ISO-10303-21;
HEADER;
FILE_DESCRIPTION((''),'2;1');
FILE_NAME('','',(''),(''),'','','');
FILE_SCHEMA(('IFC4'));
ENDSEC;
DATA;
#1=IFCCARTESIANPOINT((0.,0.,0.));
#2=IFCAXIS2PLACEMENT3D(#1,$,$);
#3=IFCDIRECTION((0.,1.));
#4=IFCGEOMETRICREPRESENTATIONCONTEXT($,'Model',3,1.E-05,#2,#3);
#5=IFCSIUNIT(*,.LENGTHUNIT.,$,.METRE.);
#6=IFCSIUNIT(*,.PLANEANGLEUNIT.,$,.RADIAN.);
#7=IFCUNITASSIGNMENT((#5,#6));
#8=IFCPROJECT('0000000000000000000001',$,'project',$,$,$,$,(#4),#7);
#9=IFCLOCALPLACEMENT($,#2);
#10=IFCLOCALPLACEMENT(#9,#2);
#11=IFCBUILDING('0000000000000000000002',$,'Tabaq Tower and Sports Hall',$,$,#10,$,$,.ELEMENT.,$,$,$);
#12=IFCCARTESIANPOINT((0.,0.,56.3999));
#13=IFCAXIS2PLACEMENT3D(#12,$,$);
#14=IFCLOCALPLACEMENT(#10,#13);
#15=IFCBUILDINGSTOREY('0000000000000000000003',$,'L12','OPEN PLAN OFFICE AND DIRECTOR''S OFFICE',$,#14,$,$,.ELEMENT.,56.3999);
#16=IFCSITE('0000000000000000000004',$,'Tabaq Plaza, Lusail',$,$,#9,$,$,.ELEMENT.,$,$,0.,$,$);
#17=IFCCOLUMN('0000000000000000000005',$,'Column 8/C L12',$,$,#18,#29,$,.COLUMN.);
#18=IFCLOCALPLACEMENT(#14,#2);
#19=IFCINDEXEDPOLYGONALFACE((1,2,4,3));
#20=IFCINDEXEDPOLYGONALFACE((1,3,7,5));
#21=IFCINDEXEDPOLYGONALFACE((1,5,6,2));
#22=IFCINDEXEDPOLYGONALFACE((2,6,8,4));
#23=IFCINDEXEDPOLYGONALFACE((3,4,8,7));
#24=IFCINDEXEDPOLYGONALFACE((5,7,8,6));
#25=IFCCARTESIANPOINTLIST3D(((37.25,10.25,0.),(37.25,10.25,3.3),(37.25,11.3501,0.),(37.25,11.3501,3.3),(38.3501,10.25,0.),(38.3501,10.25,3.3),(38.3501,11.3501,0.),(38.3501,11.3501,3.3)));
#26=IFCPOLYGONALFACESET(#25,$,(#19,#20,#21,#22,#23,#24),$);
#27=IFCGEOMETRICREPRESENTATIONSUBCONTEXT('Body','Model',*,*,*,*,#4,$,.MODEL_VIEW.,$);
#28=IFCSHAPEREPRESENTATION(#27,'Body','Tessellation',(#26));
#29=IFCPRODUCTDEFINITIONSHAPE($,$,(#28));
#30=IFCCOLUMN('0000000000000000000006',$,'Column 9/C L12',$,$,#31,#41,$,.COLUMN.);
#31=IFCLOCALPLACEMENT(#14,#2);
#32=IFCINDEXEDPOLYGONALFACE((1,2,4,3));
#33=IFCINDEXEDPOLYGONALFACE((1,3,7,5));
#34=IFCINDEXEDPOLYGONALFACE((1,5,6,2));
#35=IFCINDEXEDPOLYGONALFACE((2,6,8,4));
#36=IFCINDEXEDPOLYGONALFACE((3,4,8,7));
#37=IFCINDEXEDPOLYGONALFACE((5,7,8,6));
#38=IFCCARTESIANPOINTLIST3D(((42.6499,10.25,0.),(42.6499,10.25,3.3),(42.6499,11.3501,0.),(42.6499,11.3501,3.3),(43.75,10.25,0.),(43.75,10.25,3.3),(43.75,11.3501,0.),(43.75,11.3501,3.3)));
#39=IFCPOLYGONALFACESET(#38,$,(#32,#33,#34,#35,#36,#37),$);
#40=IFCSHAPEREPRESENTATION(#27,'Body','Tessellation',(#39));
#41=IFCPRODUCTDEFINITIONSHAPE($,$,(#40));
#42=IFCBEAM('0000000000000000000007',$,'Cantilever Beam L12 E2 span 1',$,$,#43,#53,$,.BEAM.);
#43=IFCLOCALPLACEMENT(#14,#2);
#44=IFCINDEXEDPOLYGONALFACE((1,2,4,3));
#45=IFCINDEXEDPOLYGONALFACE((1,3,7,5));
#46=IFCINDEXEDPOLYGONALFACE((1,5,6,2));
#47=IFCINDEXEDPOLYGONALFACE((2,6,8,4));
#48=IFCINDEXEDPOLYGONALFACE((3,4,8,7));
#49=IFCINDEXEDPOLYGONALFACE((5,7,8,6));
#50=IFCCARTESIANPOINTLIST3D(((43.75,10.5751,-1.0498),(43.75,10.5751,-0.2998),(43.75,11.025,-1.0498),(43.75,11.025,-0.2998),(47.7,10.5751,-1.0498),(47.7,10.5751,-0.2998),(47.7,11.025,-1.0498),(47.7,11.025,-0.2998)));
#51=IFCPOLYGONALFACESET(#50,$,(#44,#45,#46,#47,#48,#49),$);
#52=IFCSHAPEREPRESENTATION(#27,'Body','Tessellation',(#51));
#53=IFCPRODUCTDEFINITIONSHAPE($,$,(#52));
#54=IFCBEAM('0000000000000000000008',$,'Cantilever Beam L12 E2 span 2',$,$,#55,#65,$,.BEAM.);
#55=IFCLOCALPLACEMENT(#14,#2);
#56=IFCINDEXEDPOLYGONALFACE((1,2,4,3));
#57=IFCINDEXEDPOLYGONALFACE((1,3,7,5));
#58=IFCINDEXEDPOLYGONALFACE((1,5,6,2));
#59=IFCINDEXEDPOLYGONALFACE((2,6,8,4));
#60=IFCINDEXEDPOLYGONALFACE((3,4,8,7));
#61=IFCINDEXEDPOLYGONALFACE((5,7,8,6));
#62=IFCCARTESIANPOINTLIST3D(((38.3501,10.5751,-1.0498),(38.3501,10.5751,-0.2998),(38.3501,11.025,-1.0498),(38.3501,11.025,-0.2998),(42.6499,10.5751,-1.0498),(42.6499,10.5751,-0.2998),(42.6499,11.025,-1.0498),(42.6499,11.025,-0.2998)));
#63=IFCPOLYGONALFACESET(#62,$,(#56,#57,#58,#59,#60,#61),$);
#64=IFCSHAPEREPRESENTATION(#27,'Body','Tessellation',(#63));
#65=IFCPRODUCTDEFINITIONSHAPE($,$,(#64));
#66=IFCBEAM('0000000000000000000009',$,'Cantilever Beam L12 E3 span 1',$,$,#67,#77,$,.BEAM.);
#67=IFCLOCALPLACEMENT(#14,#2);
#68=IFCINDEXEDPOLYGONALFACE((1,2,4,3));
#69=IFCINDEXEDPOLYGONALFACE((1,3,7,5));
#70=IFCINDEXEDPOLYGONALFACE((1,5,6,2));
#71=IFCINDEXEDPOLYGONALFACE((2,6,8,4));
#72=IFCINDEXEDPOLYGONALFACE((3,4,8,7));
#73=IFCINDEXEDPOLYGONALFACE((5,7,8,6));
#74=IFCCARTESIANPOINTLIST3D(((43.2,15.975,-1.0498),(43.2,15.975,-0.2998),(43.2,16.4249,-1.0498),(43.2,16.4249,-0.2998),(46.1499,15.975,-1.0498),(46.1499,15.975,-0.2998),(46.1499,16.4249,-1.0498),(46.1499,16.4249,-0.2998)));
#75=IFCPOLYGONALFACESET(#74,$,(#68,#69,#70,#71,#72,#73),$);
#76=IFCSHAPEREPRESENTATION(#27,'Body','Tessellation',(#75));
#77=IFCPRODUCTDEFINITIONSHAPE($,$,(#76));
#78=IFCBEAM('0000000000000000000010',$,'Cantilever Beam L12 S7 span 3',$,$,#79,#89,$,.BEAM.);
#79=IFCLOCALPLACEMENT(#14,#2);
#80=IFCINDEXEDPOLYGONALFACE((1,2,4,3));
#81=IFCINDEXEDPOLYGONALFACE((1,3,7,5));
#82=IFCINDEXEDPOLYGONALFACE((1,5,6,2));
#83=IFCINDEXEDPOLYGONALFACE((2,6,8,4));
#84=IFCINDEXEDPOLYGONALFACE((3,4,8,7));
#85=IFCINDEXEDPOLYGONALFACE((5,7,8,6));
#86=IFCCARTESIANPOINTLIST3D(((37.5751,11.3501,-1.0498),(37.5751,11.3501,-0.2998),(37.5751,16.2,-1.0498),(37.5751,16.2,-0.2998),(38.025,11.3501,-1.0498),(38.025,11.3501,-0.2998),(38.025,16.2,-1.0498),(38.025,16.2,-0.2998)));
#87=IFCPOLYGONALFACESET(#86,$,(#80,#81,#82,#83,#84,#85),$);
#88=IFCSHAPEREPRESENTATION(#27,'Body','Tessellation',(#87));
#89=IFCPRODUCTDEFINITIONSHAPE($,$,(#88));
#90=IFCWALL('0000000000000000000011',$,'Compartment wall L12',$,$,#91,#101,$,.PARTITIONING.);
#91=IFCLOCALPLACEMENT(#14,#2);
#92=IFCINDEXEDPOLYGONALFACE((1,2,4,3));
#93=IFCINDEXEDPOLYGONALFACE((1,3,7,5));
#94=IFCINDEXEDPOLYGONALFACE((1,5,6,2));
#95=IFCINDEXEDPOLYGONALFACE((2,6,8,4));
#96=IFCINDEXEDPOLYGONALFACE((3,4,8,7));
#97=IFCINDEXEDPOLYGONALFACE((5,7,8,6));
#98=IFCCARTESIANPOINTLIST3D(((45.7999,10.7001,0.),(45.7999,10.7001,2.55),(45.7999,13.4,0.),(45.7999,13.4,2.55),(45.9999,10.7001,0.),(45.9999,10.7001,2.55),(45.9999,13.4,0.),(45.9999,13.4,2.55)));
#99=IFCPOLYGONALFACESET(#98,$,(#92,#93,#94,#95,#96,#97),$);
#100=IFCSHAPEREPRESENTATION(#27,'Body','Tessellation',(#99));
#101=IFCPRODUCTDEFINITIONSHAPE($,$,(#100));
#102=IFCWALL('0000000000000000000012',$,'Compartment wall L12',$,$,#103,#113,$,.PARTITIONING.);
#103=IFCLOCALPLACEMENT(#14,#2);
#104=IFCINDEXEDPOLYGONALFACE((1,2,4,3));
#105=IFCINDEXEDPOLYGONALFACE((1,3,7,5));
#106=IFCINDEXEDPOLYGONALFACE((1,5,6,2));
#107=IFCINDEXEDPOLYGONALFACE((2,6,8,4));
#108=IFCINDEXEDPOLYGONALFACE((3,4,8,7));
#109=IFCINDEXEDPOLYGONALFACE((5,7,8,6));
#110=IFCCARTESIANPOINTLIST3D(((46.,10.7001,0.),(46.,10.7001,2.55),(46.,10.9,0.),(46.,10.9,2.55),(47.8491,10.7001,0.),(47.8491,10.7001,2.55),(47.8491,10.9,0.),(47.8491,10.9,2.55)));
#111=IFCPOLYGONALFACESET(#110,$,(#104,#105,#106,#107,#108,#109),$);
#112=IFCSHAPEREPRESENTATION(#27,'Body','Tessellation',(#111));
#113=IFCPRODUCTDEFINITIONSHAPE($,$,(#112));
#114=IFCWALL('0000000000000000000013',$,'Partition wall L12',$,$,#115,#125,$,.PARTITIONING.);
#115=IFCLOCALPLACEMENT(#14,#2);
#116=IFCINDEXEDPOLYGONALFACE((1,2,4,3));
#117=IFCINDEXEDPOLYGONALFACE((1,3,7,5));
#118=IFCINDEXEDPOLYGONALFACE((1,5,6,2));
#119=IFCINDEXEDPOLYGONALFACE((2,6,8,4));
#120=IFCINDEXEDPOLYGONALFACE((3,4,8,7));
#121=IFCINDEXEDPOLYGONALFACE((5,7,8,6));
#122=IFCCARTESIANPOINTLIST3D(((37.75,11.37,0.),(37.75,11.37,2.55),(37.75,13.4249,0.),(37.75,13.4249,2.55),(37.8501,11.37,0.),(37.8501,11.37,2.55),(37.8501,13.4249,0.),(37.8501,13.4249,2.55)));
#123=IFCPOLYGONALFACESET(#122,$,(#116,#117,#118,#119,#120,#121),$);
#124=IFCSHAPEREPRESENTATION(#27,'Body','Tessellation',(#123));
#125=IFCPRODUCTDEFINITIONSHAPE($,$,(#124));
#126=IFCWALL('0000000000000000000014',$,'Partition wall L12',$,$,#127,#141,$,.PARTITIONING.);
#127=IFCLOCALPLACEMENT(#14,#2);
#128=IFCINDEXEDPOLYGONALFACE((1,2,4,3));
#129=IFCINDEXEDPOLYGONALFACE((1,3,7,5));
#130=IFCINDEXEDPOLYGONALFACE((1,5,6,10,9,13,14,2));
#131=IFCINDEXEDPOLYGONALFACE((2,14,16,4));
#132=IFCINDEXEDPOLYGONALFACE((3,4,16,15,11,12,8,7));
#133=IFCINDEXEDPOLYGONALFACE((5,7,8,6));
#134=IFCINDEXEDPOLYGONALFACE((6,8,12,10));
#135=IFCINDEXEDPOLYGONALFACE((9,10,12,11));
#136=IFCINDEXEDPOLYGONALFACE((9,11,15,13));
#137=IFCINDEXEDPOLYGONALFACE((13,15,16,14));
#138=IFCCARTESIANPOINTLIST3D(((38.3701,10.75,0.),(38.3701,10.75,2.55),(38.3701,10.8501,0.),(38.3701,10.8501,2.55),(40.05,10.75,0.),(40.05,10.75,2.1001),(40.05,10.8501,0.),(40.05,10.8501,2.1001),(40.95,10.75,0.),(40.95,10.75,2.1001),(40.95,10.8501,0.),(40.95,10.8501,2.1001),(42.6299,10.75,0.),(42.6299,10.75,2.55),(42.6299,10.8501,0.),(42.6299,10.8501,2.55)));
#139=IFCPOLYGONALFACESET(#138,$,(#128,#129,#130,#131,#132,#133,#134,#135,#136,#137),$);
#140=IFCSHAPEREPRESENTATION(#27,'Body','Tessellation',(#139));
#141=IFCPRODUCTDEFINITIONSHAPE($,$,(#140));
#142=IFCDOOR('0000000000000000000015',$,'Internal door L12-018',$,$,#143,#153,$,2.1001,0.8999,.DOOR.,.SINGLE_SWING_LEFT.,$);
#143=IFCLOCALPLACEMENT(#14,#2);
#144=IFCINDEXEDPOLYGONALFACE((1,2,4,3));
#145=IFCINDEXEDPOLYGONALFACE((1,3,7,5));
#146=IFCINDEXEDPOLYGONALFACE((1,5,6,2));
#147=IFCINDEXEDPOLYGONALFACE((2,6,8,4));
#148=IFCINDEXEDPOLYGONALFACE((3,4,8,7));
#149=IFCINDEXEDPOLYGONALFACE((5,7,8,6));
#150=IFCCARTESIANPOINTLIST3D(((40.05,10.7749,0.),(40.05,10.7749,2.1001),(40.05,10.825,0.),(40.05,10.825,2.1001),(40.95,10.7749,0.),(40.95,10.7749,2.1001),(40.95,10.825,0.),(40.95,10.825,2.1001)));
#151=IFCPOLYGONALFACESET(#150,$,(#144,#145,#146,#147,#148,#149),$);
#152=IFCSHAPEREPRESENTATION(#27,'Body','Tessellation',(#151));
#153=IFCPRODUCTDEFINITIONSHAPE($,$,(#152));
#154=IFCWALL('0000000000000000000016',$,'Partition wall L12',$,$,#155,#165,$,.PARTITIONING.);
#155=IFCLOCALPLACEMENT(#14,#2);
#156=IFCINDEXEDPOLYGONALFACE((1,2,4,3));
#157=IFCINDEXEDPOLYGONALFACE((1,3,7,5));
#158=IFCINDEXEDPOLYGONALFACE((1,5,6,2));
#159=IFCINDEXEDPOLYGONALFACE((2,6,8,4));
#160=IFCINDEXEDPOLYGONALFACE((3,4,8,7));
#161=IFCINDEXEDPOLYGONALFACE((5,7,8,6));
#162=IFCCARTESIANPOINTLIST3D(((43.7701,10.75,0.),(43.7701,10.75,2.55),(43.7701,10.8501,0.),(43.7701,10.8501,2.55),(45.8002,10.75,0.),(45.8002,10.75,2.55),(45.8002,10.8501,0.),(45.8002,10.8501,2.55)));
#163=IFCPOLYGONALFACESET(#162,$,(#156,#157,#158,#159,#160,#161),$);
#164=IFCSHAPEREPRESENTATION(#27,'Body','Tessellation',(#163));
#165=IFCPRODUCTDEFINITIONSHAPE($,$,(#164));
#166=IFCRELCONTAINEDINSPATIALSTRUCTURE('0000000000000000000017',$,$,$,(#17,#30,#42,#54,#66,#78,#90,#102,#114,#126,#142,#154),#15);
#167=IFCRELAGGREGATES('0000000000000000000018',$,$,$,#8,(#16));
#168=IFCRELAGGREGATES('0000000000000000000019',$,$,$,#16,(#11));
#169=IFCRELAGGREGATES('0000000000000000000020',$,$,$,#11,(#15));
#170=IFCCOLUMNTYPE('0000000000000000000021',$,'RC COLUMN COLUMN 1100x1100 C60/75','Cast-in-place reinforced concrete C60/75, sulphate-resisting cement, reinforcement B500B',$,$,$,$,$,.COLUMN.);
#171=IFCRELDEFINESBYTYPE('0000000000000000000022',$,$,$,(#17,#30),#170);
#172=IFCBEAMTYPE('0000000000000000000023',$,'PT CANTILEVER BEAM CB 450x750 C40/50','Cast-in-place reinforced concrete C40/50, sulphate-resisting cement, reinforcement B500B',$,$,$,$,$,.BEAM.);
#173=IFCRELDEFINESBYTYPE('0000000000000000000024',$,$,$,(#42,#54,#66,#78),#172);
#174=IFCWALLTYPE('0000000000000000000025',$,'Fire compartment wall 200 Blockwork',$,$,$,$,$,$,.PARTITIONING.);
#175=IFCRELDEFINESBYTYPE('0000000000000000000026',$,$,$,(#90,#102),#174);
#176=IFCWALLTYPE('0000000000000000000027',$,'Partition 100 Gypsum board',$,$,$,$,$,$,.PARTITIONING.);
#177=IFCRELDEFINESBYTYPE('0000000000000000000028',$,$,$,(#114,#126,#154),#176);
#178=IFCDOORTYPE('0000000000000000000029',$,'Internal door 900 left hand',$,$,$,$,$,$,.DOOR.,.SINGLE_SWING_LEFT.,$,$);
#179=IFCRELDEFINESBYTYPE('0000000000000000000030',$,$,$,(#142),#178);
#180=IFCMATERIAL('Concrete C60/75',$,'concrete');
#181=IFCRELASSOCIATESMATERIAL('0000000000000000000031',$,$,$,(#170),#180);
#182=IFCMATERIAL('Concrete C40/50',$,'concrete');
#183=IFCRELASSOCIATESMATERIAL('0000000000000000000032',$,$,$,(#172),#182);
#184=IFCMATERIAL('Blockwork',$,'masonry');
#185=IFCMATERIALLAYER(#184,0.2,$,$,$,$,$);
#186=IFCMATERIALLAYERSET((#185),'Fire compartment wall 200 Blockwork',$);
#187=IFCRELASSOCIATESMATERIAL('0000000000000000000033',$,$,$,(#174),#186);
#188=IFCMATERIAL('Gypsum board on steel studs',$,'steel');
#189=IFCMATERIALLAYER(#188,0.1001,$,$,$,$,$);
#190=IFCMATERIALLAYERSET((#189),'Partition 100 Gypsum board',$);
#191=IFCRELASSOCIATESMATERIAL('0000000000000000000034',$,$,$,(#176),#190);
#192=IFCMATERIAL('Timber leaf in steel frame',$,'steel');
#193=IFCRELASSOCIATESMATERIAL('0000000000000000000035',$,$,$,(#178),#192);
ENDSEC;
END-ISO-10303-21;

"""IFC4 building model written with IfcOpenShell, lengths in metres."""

from ifc_helpers import new_model, si_unit, direction, frame, frame_2d, origin, origin_2d, place, context, subcontext, project, spatial, rectangle, extrude, material, layer, layer_set, material_profile, profile_set, type_object, element, fill, save


model = new_model("IFC4")

# Units and contexts
model_context = context("Model", 3, precision=1e-05, world=origin(), true_north=direction((0.0, 1.0)))
body_context = subcontext(model_context, "Body", "Model", "MODEL_VIEW")
ifc_project = project(units=[si_unit("LENGTHUNIT", "METRE"), si_unit("PLANEANGLEUNIT", "RADIAN")], contexts=[model_context])

# Site, building, storey
site_placement = place(None, origin())
site = spatial("IfcSite", under=ifc_project, at=site_placement, Name="Tabaq Plaza, Lusail", CompositionType="ELEMENT", RefElevation=0.0)
building_placement = place(site_placement, origin())
building = spatial("IfcBuilding", under=site, at=building_placement, Name="Tabaq Tower and Sports Hall", CompositionType="ELEMENT")
storey_placement = place(building_placement, frame((0.0, 0.0, 56.3999)))
storey = spatial("IfcBuildingStorey", under=building, at=storey_placement, Name="L12", Description="OPEN PLAN OFFICE AND DIRECTOR'S OFFICE", CompositionType="ELEMENT", Elevation=56.3999)

# Columns
ifc_material_1 = material(Name="Concrete C60/75", Category="concrete")
ifc_material_profile_1 = material_profile(ifc_material_1, rectangle(XDim=1.1001, YDim=1.1001, at=origin_2d()), Name="COLUMN 1100x1100")
ifc_profile_set_1 = profile_set([ifc_material_profile_1], Name="Concrete C60/75")
column_type = type_object("IfcColumnType", Name="RC COLUMN COLUMN 1100x1100 C60/75", Description="Cast-in-place reinforced concrete C60/75, sulphate-resisting cement, reinforcement B500B", PredefinedType="COLUMN", material=ifc_profile_set_1)
for number, where, z_axis, x_axis, name in (
    (1, (37.8, 10.8, 0.0), (0.0, 0.0, 1.0), (1.0, 0.0, 0.0), "Column 8/C L12"),
    (2, (43.2, 10.8, 0.0), (0.0, 0.0, 1.0), (1.0, 0.0, 0.0), "Column 9/C L12"),
):
    element("IfcColumn", number, at=place(storey_placement, frame(where, z_axis=z_axis, x_axis=x_axis)), inside=storey, type_object=column_type, Name=name, PredefinedType="COLUMN", context=body_context, shape_type="SweptSolid", body=[
        extrude(rectangle(XDim=1.1001, YDim=1.1001, at=origin_2d()), origin(), (0.0, 0.0, 1.0), 3.3),
    ])

# Beams
ifc_material_2 = material(Name="Concrete C40/50", Category="concrete")
ifc_material_profile_2 = material_profile(ifc_material_2, rectangle(XDim=0.45, YDim=0.75, at=origin_2d()), Name="CB 450x750")
ifc_profile_set_2 = profile_set([ifc_material_profile_2], Name="Concrete C40/50")
beam_type = type_object("IfcBeamType", Name="PT CANTILEVER BEAM CB 450x750 C40/50", Description="Cast-in-place reinforced concrete C40/50, sulphate-resisting cement, reinforcement B500B", PredefinedType="BEAM", material=ifc_profile_set_2)
beam_1_placement = place(storey_placement, frame((47.7, 10.8, -0.6748), z_axis=(-1.0, 0.0, 0.0), x_axis=(0.0, -1.0, 0.0)))
element("IfcBeam", 3, at=beam_1_placement, inside=storey, type_object=beam_type, Name="Cantilever Beam L12 E2 span 1", PredefinedType="BEAM", context=body_context, shape_type="SweptSolid", body=[
    extrude(rectangle(XDim=0.45, YDim=0.75, at=origin_2d()), origin(), (0.0, 0.0, 1.0), 3.95),
])
beam_2_placement = place(storey_placement, frame((42.6499, 10.8, -0.6748), z_axis=(-1.0, 0.0, 0.0), x_axis=(0.0, -1.0, 0.0)))
element("IfcBeam", 4, at=beam_2_placement, inside=storey, type_object=beam_type, Name="Cantilever Beam L12 E2 span 2", PredefinedType="BEAM", context=body_context, shape_type="SweptSolid", body=[
    extrude(rectangle(XDim=0.45, YDim=0.75, at=origin_2d()), origin(), (0.0, 0.0, 1.0), 4.2998),
])
beam_3_placement = place(storey_placement, frame((46.1499, 16.2, -0.6748), z_axis=(-1.0, 0.0, 0.0), x_axis=(0.0, -1.0, 0.0)))
element("IfcBeam", 5, at=beam_3_placement, inside=storey, type_object=beam_type, Name="Cantilever Beam L12 E3 span 1", PredefinedType="BEAM", context=body_context, shape_type="SweptSolid", body=[
    extrude(rectangle(XDim=0.45, YDim=0.75, at=origin_2d()), origin(), (0.0, 0.0, 1.0), 2.95),
])
beam_4_placement = place(storey_placement, frame((37.8, 11.3501, -0.6748), z_axis=(0.0, 1.0, 0.0), x_axis=(-1.0, 0.0, 0.0)))
element("IfcBeam", 6, at=beam_4_placement, inside=storey, type_object=beam_type, Name="Cantilever Beam L12 S7 span 3", PredefinedType="BEAM", context=body_context, shape_type="SweptSolid", body=[
    extrude(rectangle(XDim=0.45, YDim=0.75, at=origin_2d()), origin(), (0.0, 0.0, 1.0), 4.8499),
])

# Shared definitions
ifc_material_3 = material(Name="Blockwork", Category="masonry")
ifc_layer_1 = layer(ifc_material_3, 0.2)
ifc_layer_set_1 = layer_set([ifc_layer_1], Name="Fire compartment wall 200 Blockwork")
wall_type_1 = type_object("IfcWallType", Name="Fire compartment wall 200 Blockwork", PredefinedType="PARTITIONING", material=ifc_layer_set_1)

# Walls
wall_1_placement = place(storey_placement, frame((45.8999, 10.7, 0.0), z_axis=(0.0, 0.0, 1.0), x_axis=(0.0, 1.0, 0.0)))
element("IfcWall", 7, at=wall_1_placement, inside=storey, type_object=wall_type_1, Name="Compartment wall L12", PredefinedType="PARTITIONING", context=body_context, shape_type="SweptSolid", body=[
    extrude(rectangle(XDim=2.7, YDim=0.2, at=frame_2d((1.3501, 0.0))), origin(), (0.0, 0.0, 1.0), 2.55),
])
wall_2_placement = place(storey_placement, frame((46.0, 10.8, 0.0), z_axis=(0.0, 0.0, 1.0), x_axis=(1.0, 0.0, 0.0)))
element("IfcWall", 8, at=wall_2_placement, inside=storey, type_object=wall_type_1, Name="Compartment wall L12", PredefinedType="PARTITIONING", context=body_context, shape_type="SweptSolid", body=[
    extrude(rectangle(XDim=1.8491, YDim=0.2, at=frame_2d((0.9246, 0.0))), origin(), (0.0, 0.0, 1.0), 2.55),
])
ifc_material_4 = material(Name="Gypsum board on steel studs", Category="steel")
ifc_layer_2 = layer(ifc_material_4, 0.1001)
ifc_layer_set_2 = layer_set([ifc_layer_2], Name="Partition 100 Gypsum board")
wall_type_2 = type_object("IfcWallType", Name="Partition 100 Gypsum board", PredefinedType="PARTITIONING", material=ifc_layer_set_2)
wall_3_placement = place(storey_placement, frame((37.8, 11.3701, 0.0), z_axis=(0.0, 0.0, 1.0), x_axis=(0.0, 1.0, 0.0)))
element("IfcWall", 9, at=wall_3_placement, inside=storey, type_object=wall_type_2, Name="Partition wall L12", PredefinedType="PARTITIONING", context=body_context, shape_type="SweptSolid", body=[
    extrude(rectangle(XDim=2.0549, YDim=0.1001, at=frame_2d((1.0273, 0.0))), origin(), (0.0, 0.0, 1.0), 2.55),
])

# Wall, opening, door
wall_4_placement = place(storey_placement, frame((38.3701, 10.8, 0.0), z_axis=(0.0, 0.0, 1.0), x_axis=(1.0, 0.0, 0.0)))
wall_4 = element("IfcWall", 10, at=wall_4_placement, inside=storey, type_object=wall_type_2, Name="Partition wall L12", PredefinedType="PARTITIONING", context=body_context, shape_type="SweptSolid", body=[
    extrude(rectangle(XDim=4.2598, YDim=0.1001, at=frame_2d((2.1299, 0.0))), origin(), (0.0, 0.0, 1.0), 2.55),
])
opening_1_placement = place(wall_4_placement, frame((1.6799, 0.0, 0.0)))
opening_1 = element("IfcOpeningElement", 11, at=opening_1_placement, cuts=wall_4, PredefinedType="OPENING", context=body_context, shape_type="SweptSolid", body=[
    extrude(rectangle(XDim=0.8999, YDim=2.1001, at=frame_2d((0.45, 1.05))), frame((0.0, 0.05, 0.0), z_axis=(0.0, -1.0, 0.0), x_axis=(1.0, 0.0, 0.0)), (0.0, 0.0, 1.0), 0.1001),
])
ifc_material_5 = material(Name="Timber leaf in steel frame", Category="steel")
door_type_1 = type_object("IfcDoorType", Name="Internal door 900 left hand", OperationType="SINGLE_SWING_LEFT", PredefinedType="DOOR", material=ifc_material_5)
door_1_placement = place(opening_1_placement, origin())
door_1 = element("IfcDoor", 12, at=door_1_placement, inside=storey, type_object=door_type_1, Name="Internal door L12-018", OperationType="SINGLE_SWING_LEFT", OverallHeight=2.1001, OverallWidth=0.8999, PredefinedType="DOOR", context=body_context, shape_type="SweptSolid", body=[
    extrude(rectangle(XDim=0.8999, YDim=2.1001, at=frame_2d((0.45, 1.05))), frame((0.0, 0.0249, 0.0), z_axis=(0.0, -1.0, 0.0), x_axis=(1.0, 0.0, 0.0)), (0.0, 0.0, 1.0), 0.05),
])
fill(opening_1, door_1)

# Wall
wall_5_placement = place(storey_placement, frame((43.77, 10.8, 0.0), z_axis=(0.0, 0.0, 1.0), x_axis=(1.0, 0.0, 0.0)))
element("IfcWall", 13, at=wall_5_placement, inside=storey, type_object=wall_type_2, Name="Partition wall L12", PredefinedType="PARTITIONING", context=body_context, shape_type="SweptSolid", body=[
    extrude(rectangle(XDim=2.03, YDim=0.1001, at=frame_2d((1.0151, 0.0))), origin(), (0.0, 0.0, 1.0), 2.55),
])

save(model, "model.ifc")
